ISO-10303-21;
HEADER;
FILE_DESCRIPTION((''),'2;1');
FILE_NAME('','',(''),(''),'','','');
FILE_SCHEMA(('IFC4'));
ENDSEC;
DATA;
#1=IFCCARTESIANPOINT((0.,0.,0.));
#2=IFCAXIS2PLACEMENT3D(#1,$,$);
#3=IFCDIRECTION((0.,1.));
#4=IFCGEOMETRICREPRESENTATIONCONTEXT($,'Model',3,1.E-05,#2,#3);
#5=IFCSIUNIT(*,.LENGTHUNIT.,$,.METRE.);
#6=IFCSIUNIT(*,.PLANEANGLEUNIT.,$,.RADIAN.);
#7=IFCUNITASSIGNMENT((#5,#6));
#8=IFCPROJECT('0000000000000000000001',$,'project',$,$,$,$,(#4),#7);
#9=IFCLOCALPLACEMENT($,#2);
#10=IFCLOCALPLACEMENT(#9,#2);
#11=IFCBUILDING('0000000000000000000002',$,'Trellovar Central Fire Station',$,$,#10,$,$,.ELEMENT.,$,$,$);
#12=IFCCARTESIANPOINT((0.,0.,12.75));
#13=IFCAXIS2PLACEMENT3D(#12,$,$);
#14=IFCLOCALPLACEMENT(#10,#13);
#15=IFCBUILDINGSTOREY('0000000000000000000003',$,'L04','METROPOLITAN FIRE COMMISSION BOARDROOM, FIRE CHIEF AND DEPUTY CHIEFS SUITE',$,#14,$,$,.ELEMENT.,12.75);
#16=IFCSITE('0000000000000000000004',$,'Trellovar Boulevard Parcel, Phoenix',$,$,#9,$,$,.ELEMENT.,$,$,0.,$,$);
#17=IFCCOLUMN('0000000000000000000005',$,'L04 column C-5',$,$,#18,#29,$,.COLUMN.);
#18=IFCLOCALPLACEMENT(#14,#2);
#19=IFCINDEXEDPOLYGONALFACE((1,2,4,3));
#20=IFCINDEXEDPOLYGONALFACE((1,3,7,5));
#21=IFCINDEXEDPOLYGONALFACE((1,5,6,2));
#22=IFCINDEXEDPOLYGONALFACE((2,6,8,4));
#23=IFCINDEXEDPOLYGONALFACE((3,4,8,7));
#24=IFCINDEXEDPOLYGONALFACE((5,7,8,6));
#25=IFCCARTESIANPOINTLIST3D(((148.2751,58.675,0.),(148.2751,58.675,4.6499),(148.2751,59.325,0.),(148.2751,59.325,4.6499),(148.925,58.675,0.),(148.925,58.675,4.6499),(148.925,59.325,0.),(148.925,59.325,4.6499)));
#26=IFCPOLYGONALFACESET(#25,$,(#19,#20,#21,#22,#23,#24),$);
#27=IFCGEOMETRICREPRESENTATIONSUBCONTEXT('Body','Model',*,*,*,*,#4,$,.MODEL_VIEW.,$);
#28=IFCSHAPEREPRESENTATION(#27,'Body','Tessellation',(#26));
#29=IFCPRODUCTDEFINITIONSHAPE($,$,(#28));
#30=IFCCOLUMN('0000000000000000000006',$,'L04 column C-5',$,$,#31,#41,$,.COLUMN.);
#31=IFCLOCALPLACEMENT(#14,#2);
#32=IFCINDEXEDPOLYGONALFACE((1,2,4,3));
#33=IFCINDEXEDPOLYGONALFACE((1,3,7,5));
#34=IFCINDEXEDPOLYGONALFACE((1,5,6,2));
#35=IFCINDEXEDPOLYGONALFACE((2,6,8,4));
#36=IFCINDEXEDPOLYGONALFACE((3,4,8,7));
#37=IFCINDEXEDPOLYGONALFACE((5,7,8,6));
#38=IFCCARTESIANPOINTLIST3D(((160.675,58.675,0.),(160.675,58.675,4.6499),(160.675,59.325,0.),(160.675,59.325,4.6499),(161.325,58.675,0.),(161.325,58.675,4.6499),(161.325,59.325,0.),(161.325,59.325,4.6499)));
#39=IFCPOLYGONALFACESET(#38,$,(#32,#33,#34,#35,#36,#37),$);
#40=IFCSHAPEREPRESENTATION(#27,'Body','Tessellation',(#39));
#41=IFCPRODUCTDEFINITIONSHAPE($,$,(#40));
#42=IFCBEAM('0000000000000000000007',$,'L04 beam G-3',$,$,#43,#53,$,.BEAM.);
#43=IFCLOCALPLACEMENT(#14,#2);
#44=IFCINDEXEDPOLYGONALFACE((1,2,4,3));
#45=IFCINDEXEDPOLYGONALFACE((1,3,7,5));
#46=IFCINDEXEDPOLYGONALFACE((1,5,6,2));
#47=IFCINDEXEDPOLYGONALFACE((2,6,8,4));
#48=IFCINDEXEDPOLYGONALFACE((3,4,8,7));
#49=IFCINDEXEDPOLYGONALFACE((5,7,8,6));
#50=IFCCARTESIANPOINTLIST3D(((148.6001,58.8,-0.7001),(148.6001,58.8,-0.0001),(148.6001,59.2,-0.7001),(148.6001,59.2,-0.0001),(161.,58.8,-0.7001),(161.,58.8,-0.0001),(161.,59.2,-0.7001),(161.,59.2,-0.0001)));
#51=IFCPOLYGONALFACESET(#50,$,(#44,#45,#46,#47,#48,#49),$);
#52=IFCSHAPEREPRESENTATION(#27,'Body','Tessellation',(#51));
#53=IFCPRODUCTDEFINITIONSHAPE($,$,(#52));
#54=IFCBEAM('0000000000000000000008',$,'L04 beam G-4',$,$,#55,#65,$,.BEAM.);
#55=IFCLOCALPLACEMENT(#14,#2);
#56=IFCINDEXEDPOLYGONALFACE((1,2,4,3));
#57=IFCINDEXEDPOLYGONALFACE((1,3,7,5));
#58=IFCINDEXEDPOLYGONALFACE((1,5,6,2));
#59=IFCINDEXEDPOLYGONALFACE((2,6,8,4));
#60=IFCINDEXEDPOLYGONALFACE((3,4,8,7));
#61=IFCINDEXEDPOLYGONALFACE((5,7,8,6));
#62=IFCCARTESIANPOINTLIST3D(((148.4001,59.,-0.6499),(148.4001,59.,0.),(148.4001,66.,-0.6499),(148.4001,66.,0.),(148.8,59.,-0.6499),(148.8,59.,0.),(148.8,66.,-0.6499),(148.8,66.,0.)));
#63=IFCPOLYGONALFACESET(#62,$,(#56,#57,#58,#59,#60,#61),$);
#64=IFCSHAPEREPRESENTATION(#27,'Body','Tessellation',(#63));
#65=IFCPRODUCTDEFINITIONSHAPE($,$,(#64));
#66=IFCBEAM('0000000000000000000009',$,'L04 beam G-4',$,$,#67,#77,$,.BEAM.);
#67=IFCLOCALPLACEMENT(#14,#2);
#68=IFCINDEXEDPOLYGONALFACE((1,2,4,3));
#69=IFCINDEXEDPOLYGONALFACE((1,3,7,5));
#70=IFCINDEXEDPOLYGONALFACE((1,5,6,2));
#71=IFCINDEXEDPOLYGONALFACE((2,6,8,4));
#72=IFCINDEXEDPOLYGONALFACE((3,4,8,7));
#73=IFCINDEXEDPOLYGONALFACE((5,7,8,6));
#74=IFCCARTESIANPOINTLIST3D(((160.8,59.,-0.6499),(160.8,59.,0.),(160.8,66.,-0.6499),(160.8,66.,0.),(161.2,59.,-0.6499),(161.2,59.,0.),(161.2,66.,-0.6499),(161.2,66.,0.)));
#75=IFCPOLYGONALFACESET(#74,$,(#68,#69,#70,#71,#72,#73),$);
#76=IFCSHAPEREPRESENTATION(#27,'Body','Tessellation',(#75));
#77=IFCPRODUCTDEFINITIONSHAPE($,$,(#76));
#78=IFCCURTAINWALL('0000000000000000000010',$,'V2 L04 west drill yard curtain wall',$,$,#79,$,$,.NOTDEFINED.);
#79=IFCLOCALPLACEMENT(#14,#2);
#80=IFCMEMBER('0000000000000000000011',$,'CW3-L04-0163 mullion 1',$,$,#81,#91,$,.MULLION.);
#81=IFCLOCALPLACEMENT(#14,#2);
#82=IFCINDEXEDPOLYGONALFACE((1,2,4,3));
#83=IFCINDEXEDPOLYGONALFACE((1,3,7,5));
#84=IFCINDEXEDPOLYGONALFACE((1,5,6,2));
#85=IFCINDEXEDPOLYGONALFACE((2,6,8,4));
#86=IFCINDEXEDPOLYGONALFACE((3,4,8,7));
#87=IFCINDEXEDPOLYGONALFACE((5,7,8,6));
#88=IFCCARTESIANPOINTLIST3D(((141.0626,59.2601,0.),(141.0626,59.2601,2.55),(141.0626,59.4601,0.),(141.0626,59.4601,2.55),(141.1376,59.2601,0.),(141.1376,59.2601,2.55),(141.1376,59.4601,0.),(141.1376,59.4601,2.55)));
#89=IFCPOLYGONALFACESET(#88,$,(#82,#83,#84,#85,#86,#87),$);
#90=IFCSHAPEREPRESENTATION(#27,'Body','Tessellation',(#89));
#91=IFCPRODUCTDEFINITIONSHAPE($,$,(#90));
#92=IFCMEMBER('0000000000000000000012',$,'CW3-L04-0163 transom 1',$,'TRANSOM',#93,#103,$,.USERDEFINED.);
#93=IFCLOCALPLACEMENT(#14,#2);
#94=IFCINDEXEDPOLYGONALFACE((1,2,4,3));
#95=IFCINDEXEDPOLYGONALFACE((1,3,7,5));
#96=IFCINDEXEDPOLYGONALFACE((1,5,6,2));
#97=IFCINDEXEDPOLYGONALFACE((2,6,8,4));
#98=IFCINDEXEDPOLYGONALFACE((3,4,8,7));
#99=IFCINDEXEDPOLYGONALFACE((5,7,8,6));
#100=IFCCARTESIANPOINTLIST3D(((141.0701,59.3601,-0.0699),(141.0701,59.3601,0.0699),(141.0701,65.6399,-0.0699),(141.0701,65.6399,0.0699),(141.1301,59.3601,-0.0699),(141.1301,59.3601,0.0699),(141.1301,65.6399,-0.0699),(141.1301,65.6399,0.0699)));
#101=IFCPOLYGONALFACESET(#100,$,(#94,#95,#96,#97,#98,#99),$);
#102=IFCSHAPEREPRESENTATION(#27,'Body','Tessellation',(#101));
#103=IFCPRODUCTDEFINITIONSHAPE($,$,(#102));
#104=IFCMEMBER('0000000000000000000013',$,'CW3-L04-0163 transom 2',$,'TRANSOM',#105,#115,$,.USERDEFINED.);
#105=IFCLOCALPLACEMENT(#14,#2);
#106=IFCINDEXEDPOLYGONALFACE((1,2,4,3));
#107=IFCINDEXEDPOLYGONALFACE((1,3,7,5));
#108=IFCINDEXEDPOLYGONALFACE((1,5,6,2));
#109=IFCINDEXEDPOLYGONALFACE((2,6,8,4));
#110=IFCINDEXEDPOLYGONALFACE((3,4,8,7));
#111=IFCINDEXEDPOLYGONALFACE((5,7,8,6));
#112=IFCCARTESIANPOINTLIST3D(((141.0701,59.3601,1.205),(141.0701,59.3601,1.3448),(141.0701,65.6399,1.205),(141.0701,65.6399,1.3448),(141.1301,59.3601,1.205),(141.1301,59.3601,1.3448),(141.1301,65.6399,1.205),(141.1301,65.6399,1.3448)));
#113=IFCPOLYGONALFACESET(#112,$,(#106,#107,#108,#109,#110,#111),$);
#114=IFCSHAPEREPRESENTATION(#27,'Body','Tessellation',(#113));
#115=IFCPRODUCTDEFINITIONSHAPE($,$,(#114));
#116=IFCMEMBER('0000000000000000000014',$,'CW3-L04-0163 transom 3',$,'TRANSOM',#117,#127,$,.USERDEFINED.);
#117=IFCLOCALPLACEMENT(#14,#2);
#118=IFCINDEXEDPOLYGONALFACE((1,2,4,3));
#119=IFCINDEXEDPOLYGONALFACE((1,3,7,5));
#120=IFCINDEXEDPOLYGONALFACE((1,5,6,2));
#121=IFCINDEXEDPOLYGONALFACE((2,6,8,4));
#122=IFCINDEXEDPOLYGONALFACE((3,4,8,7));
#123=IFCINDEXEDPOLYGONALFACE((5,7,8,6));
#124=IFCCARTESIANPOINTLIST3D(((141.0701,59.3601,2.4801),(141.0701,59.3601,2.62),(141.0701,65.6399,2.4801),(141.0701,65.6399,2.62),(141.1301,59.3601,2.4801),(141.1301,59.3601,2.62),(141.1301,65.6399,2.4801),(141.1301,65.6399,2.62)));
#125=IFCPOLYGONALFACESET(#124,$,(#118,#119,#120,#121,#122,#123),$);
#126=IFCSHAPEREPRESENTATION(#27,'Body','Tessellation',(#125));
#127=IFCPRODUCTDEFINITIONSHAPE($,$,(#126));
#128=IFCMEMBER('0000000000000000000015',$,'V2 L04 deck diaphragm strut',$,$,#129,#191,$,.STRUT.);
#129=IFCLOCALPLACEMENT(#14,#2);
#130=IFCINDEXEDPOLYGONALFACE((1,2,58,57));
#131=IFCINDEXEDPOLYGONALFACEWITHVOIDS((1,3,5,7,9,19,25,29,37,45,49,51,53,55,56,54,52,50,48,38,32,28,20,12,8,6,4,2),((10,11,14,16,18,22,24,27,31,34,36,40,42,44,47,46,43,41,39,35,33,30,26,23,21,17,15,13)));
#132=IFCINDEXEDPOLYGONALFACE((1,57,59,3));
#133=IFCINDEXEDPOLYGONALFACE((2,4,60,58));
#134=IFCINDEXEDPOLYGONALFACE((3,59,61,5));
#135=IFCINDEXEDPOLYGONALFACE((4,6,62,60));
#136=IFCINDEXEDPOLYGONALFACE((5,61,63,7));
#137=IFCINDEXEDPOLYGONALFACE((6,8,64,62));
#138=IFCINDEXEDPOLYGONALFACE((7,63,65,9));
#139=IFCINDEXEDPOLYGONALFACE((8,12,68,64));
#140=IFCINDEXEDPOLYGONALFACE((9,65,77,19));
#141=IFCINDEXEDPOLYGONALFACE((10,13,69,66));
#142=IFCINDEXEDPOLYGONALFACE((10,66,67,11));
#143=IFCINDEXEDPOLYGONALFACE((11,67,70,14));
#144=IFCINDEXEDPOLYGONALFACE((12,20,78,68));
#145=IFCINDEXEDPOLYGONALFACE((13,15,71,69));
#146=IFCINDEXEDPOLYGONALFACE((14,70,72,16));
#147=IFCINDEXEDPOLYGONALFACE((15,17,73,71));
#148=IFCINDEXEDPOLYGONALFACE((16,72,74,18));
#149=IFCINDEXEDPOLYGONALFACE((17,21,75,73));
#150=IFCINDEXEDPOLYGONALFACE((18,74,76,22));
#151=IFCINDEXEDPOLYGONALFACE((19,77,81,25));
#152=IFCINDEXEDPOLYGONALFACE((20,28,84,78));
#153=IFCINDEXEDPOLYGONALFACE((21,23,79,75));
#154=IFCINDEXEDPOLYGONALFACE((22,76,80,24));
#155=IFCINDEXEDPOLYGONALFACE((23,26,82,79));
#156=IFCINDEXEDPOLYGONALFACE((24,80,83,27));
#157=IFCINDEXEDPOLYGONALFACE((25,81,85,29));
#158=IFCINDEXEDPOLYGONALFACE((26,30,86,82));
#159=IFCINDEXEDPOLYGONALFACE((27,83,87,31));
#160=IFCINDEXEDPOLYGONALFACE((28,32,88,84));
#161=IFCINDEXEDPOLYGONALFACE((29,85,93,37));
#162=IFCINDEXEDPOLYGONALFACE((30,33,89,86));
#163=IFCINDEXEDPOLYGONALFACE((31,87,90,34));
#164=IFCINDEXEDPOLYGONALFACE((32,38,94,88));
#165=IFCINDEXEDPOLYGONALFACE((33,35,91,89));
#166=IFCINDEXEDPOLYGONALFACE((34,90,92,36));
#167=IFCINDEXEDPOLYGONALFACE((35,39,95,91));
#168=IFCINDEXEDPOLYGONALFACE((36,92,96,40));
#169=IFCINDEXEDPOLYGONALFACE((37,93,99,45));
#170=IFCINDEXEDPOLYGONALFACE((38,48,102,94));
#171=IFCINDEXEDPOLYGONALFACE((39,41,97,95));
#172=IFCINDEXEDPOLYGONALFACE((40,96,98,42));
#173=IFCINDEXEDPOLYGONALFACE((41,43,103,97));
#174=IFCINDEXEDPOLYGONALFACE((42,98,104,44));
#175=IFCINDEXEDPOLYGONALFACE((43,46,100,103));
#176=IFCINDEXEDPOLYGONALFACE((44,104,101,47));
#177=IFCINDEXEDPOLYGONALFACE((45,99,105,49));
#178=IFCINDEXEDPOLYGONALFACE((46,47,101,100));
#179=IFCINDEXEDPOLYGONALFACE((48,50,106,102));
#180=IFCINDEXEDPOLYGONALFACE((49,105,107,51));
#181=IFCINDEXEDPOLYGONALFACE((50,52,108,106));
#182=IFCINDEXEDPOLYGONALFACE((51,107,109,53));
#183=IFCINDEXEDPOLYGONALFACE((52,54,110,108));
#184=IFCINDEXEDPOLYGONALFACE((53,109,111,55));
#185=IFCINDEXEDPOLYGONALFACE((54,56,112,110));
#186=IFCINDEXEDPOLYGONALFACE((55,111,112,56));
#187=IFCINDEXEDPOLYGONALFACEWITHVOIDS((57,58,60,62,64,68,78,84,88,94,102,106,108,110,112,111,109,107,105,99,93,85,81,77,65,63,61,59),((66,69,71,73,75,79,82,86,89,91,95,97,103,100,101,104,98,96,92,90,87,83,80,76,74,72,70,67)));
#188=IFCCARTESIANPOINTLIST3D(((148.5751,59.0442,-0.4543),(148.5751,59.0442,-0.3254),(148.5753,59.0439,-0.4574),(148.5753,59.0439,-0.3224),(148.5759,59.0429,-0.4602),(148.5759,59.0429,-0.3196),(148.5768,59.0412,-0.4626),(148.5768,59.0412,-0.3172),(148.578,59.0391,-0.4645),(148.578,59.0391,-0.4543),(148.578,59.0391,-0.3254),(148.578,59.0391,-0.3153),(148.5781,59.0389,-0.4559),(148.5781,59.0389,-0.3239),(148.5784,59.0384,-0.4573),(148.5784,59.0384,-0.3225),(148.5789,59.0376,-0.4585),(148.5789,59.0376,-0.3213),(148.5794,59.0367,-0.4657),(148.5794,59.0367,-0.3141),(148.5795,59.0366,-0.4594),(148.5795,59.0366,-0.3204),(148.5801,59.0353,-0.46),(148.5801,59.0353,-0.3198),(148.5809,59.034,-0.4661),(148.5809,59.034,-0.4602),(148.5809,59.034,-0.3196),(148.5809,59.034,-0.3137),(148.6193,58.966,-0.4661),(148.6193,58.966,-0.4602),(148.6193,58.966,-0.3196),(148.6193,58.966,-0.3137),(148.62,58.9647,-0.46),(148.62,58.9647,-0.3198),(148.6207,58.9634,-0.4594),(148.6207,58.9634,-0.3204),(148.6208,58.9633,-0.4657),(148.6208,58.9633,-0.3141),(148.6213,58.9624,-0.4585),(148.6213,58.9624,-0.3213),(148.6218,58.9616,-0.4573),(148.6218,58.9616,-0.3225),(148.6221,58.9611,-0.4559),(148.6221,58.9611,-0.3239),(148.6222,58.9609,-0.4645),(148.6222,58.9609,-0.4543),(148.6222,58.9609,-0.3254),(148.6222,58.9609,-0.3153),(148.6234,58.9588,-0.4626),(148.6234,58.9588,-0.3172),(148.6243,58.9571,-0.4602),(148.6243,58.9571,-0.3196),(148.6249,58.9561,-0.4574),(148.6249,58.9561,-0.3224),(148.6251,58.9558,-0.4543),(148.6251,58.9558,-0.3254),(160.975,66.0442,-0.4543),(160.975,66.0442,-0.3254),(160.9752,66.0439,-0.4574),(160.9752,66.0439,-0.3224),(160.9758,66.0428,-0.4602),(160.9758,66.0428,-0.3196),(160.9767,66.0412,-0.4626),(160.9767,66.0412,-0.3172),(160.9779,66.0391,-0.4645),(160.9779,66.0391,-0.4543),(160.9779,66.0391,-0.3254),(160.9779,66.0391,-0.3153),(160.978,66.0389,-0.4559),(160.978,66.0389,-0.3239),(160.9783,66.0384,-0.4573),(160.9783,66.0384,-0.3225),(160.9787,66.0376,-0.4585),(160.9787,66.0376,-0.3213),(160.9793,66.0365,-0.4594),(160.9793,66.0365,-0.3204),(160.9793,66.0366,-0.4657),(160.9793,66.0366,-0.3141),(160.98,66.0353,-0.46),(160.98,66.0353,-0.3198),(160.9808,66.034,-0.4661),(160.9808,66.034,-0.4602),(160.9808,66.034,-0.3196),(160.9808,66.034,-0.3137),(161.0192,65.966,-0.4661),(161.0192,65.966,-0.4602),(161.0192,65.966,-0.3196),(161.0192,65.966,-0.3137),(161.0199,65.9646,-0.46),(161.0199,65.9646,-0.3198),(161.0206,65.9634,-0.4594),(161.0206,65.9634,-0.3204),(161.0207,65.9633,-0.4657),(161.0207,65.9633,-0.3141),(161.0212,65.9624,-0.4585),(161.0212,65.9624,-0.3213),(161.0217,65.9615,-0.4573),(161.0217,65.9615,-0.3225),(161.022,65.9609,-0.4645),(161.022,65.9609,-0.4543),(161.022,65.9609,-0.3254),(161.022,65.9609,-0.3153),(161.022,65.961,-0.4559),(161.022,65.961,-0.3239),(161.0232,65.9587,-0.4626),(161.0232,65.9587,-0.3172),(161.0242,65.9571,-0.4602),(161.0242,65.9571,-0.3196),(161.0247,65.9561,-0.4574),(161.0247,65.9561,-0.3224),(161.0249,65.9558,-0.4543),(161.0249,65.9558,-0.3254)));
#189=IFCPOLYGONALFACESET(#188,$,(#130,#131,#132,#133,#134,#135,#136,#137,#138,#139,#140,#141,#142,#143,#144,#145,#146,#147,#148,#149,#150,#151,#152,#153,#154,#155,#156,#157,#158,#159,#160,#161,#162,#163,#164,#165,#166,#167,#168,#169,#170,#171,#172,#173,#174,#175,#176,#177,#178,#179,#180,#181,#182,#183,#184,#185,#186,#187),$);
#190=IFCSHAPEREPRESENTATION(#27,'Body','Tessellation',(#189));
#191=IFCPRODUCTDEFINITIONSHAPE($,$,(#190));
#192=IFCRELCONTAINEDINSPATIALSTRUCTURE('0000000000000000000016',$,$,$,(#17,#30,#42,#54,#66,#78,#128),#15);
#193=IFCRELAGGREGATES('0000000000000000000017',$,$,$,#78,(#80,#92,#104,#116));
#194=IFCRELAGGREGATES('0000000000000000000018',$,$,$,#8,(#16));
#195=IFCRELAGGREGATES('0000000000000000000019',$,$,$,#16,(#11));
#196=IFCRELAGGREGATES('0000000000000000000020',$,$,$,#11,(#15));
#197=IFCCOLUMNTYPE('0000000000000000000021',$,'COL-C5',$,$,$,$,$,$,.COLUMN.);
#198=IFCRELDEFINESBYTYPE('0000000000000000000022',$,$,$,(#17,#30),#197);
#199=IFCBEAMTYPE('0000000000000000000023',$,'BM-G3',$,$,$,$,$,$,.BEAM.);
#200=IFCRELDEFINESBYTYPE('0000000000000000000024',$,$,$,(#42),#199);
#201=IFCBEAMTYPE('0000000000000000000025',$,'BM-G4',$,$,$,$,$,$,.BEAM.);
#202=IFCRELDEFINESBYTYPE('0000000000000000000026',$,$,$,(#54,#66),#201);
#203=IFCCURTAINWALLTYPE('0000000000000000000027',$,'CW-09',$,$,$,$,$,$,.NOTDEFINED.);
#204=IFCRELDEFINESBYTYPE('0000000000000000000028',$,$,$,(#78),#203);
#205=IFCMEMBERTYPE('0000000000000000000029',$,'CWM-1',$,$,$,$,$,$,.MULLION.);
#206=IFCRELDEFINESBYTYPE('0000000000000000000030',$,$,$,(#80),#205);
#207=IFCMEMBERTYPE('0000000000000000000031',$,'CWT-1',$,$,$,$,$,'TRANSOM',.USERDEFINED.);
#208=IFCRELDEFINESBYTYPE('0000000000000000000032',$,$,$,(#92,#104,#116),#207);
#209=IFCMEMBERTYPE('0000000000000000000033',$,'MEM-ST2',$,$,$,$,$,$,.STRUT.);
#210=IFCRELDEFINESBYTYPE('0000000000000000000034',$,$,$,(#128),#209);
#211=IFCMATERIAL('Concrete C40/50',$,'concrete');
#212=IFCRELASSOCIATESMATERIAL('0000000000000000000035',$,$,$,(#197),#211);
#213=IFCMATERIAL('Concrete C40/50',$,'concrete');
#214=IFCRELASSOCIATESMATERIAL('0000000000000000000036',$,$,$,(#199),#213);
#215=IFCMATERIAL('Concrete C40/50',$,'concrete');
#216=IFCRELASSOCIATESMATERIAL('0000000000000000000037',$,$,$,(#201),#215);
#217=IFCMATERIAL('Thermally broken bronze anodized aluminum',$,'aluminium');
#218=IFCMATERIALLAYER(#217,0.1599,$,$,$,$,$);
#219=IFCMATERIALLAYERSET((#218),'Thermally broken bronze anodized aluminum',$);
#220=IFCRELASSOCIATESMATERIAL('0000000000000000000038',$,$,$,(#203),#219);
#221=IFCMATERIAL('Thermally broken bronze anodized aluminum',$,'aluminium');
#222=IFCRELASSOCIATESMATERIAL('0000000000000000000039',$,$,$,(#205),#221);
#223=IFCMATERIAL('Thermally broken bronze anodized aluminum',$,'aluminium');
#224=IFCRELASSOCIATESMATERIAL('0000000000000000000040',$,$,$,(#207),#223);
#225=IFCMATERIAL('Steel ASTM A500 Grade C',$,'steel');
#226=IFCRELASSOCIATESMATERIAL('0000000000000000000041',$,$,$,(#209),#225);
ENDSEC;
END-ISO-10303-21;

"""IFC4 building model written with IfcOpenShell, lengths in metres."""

from ifc_helpers import new_model, si_unit, direction, frame, origin, origin_2d, place, context, subcontext, project, spatial, rectangle, hollow_rectangle, extrude, material, layer, layer_set, material_profile, profile_set, type_object, element, aggregate, save


model = new_model("IFC4")

# Units and contexts
model_context = context("Model", 3, precision=1e-05, world=origin(), true_north=direction((0.0, 1.0)))
body_context = subcontext(model_context, "Body", "Model", "MODEL_VIEW")
ifc_project = project(units=[si_unit("LENGTHUNIT", "METRE"), si_unit("PLANEANGLEUNIT", "RADIAN")], contexts=[model_context])

# Site, building, storey
site_placement = place(None, origin())
site = spatial("IfcSite", under=ifc_project, at=site_placement, Name="Trellovar Boulevard Parcel, Phoenix", CompositionType="ELEMENT", RefElevation=0.0)
building_placement = place(site_placement, origin())
building = spatial("IfcBuilding", under=site, at=building_placement, Name="Trellovar Central Fire Station", CompositionType="ELEMENT")
storey_placement = place(building_placement, frame((0.0, 0.0, 12.75)))
storey = spatial("IfcBuildingStorey", under=building, at=storey_placement, Name="L04", Description="METROPOLITAN FIRE COMMISSION BOARDROOM, FIRE CHIEF AND DEPUTY CHIEFS SUITE", CompositionType="ELEMENT", Elevation=12.75)

# Columns
ifc_material_1 = material(Name="Concrete C40/50", Category="concrete")
ifc_material_profile_1 = material_profile(ifc_material_1, rectangle(XDim=0.6499, YDim=0.6499, at=origin_2d()), Name="RC650X650")
ifc_profile_set_1 = profile_set([ifc_material_profile_1], Name="Concrete C40/50")
column_type = type_object("IfcColumnType", Name="COL-C5", PredefinedType="COLUMN", material=ifc_profile_set_1)
for number, where, z_axis, x_axis, name in (
    (1, (148.6001, 59.0, 0.0), (0.0, 0.0, 1.0), (1.0, 0.0, 0.0), "L04 column C-5"),
    (2, (161.0, 59.0, 0.0), (0.0, 0.0, 1.0), (1.0, 0.0, 0.0), "L04 column C-5"),
):
    element("IfcColumn", number, at=place(storey_placement, frame(where, z_axis=z_axis, x_axis=x_axis)), inside=storey, type_object=column_type, Name=name, PredefinedType="COLUMN", context=body_context, shape_type="SweptSolid", body=[
        extrude(rectangle(XDim=0.6499, YDim=0.6499, at=origin_2d()), origin(), (0.0, 0.0, 1.0), 4.6499),
    ])

# Beams
ifc_material_2 = material(Name="Concrete C40/50", Category="concrete")
ifc_material_profile_2 = material_profile(ifc_material_2, rectangle(XDim=0.3999, YDim=0.7, at=origin_2d()), Name="RC400X700")
ifc_profile_set_2 = profile_set([ifc_material_profile_2], Name="Concrete C40/50")
beam_type_1 = type_object("IfcBeamType", Name="BM-G3", PredefinedType="BEAM", material=ifc_profile_set_2)
beam_placement = place(storey_placement, frame((148.6001, 59.0, -0.3501), z_axis=(1.0, 0.0, 0.0), x_axis=(0.0, 1.0, 0.0)))
element("IfcBeam", 3, at=beam_placement, inside=storey, type_object=beam_type_1, Name="L04 beam G-3", PredefinedType="BEAM", context=body_context, shape_type="SweptSolid", body=[
    extrude(rectangle(XDim=0.3999, YDim=0.7, at=origin_2d()), origin(), (0.0, 0.0, 1.0), 12.3999),
])
ifc_material_3 = material(Name="Concrete C40/50", Category="concrete")
ifc_material_profile_3 = material_profile(ifc_material_3, rectangle(XDim=0.3999, YDim=0.6499, at=origin_2d()), Name="RC400X650")
ifc_profile_set_3 = profile_set([ifc_material_profile_3], Name="Concrete C40/50")
beam_type_2 = type_object("IfcBeamType", Name="BM-G4", PredefinedType="BEAM", material=ifc_profile_set_3)
for number, where, z_axis, x_axis, name in (
    (4, (148.6001, 59.0, -0.325), (0.0, 1.0, 0.0), (-1.0, 0.0, 0.0), "L04 beam G-4"),
    (5, (161.0, 59.0, -0.325), (0.0, 1.0, 0.0), (-1.0, 0.0, 0.0), "L04 beam G-4"),
):
    element("IfcBeam", number, at=place(storey_placement, frame(where, z_axis=z_axis, x_axis=x_axis)), inside=storey, type_object=beam_type_2, Name=name, PredefinedType="BEAM", context=body_context, shape_type="SweptSolid", body=[
        extrude(rectangle(XDim=0.3999, YDim=0.6499, at=origin_2d()), origin(), (0.0, 0.0, 1.0), 7.0),
    ])

# Curtain wall, members
ifc_material_4 = material(Name="Thermally broken bronze anodized aluminum", Category="aluminium")
ifc_layer_1 = layer(ifc_material_4, 0.1599)
ifc_layer_set_1 = layer_set([ifc_layer_1], Name="Thermally broken bronze anodized aluminum")
curtain_wall_type = type_object("IfcCurtainWallType", Name="CW-09", PredefinedType="NOTDEFINED", material=ifc_layer_set_1)
curtain_wall_placement = place(storey_placement, origin())
curtain_wall = element("IfcCurtainWall", 6, at=curtain_wall_placement, inside=storey, type_object=curtain_wall_type, Name="V2 L04 west drill yard curtain wall", PredefinedType="NOTDEFINED")
ifc_material_5 = material(Name="Thermally broken bronze anodized aluminum", Category="aluminium")
ifc_material_profile_4 = material_profile(ifc_material_5, rectangle(XDim=0.075, YDim=0.2, at=origin_2d()), Name="ALU75X200")
ifc_profile_set_4 = profile_set([ifc_material_profile_4], Name="Thermally broken bronze anodized aluminum")
member_type_1 = type_object("IfcMemberType", Name="CWM-1", PredefinedType="MULLION", material=ifc_profile_set_4)
member_1_placement = place(storey_placement, frame((141.1001, 59.3601, 0.0), z_axis=(0.0, 0.0, 1.0), x_axis=(1.0, 0.0, 0.0)))
member_1 = element("IfcMember", 7, at=member_1_placement, type_object=member_type_1, Name="CW3-L04-0163 mullion 1", PredefinedType="MULLION", context=body_context, shape_type="SweptSolid", body=[
    extrude(rectangle(XDim=0.075, YDim=0.2, at=origin_2d()), origin(), (0.0, 0.0, 1.0), 2.55),
])
ifc_material_6 = material(Name="Thermally broken bronze anodized aluminum", Category="aluminium")
ifc_material_profile_5 = material_profile(ifc_material_6, rectangle(XDim=0.0601, YDim=0.1399, at=origin_2d()), Name="ALU60X140")
ifc_profile_set_5 = profile_set([ifc_material_profile_5], Name="Thermally broken bronze anodized aluminum")
member_type_2 = type_object("IfcMemberType", Name="CWT-1", ElementType="TRANSOM", PredefinedType="USERDEFINED", material=ifc_profile_set_5)
member_2_placement = place(storey_placement, frame((141.1001, 59.3601, 0.0), z_axis=(0.0, 1.0, 0.0), x_axis=(-1.0, 0.0, 0.0)))
member_2 = element("IfcMember", 8, at=member_2_placement, type_object=member_type_2, Name="CW3-L04-0163 transom 1", ObjectType="TRANSOM", PredefinedType="USERDEFINED", context=body_context, shape_type="SweptSolid", body=[
    extrude(rectangle(XDim=0.0601, YDim=0.1399, at=origin_2d()), origin(), (0.0, 0.0, 1.0), 6.2798),
])
member_3_placement = place(storey_placement, frame((141.1001, 59.3601, 1.2749), z_axis=(0.0, 1.0, 0.0), x_axis=(-1.0, 0.0, 0.0)))
member_3 = element("IfcMember", 9, at=member_3_placement, type_object=member_type_2, Name="CW3-L04-0163 transom 2", ObjectType="TRANSOM", PredefinedType="USERDEFINED", context=body_context, shape_type="SweptSolid", body=[
    extrude(rectangle(XDim=0.0601, YDim=0.1399, at=origin_2d()), origin(), (0.0, 0.0, 1.0), 6.2798),
])
member_4_placement = place(storey_placement, frame((141.1001, 59.3601, 2.55), z_axis=(0.0, 1.0, 0.0), x_axis=(-1.0, 0.0, 0.0)))
member_4 = element("IfcMember", 10, at=member_4_placement, type_object=member_type_2, Name="CW3-L04-0163 transom 3", ObjectType="TRANSOM", PredefinedType="USERDEFINED", context=body_context, shape_type="SweptSolid", body=[
    extrude(rectangle(XDim=0.0601, YDim=0.1399, at=origin_2d()), origin(), (0.0, 0.0, 1.0), 6.2798),
])

# Member
ifc_material_7 = material(Name="Steel ASTM A500 Grade C", Category="steel")
ifc_material_profile_6 = material_profile(ifc_material_7, hollow_rectangle(XDim=0.1016, YDim=0.1523, WallThickness=0.0059, InnerFilletRadius=0.0059, OuterFilletRadius=0.0117, at=origin_2d()), Name="HSS6X4X1/4")
ifc_profile_set_6 = profile_set([ifc_material_profile_6], Name="Steel ASTM A500 Grade C")
member_type_3 = type_object("IfcMemberType", Name="MEM-ST2", PredefinedType="STRUT", material=ifc_profile_set_6)
member_5_placement = place(storey_placement, frame((148.6001, 59.0, -0.3899), z_axis=(0.870823, 0.491597, 0.0), x_axis=(-0.491597, 0.870823, 0.0)))
element("IfcMember", 11, at=member_5_placement, inside=storey, type_object=member_type_3, Name="V2 L04 deck diaphragm strut", PredefinedType="STRUT", context=body_context, shape_type="SweptSolid", body=[
    extrude(hollow_rectangle(XDim=0.1016, YDim=0.1523, WallThickness=0.0059, InnerFilletRadius=0.0059, OuterFilletRadius=0.0117, at=origin_2d()), origin(), (0.0, 0.0, 1.0), 14.2393),
])

aggregate(curtain_wall, [member_1, member_2, member_3, member_4])

save(model, "model.ifc")
